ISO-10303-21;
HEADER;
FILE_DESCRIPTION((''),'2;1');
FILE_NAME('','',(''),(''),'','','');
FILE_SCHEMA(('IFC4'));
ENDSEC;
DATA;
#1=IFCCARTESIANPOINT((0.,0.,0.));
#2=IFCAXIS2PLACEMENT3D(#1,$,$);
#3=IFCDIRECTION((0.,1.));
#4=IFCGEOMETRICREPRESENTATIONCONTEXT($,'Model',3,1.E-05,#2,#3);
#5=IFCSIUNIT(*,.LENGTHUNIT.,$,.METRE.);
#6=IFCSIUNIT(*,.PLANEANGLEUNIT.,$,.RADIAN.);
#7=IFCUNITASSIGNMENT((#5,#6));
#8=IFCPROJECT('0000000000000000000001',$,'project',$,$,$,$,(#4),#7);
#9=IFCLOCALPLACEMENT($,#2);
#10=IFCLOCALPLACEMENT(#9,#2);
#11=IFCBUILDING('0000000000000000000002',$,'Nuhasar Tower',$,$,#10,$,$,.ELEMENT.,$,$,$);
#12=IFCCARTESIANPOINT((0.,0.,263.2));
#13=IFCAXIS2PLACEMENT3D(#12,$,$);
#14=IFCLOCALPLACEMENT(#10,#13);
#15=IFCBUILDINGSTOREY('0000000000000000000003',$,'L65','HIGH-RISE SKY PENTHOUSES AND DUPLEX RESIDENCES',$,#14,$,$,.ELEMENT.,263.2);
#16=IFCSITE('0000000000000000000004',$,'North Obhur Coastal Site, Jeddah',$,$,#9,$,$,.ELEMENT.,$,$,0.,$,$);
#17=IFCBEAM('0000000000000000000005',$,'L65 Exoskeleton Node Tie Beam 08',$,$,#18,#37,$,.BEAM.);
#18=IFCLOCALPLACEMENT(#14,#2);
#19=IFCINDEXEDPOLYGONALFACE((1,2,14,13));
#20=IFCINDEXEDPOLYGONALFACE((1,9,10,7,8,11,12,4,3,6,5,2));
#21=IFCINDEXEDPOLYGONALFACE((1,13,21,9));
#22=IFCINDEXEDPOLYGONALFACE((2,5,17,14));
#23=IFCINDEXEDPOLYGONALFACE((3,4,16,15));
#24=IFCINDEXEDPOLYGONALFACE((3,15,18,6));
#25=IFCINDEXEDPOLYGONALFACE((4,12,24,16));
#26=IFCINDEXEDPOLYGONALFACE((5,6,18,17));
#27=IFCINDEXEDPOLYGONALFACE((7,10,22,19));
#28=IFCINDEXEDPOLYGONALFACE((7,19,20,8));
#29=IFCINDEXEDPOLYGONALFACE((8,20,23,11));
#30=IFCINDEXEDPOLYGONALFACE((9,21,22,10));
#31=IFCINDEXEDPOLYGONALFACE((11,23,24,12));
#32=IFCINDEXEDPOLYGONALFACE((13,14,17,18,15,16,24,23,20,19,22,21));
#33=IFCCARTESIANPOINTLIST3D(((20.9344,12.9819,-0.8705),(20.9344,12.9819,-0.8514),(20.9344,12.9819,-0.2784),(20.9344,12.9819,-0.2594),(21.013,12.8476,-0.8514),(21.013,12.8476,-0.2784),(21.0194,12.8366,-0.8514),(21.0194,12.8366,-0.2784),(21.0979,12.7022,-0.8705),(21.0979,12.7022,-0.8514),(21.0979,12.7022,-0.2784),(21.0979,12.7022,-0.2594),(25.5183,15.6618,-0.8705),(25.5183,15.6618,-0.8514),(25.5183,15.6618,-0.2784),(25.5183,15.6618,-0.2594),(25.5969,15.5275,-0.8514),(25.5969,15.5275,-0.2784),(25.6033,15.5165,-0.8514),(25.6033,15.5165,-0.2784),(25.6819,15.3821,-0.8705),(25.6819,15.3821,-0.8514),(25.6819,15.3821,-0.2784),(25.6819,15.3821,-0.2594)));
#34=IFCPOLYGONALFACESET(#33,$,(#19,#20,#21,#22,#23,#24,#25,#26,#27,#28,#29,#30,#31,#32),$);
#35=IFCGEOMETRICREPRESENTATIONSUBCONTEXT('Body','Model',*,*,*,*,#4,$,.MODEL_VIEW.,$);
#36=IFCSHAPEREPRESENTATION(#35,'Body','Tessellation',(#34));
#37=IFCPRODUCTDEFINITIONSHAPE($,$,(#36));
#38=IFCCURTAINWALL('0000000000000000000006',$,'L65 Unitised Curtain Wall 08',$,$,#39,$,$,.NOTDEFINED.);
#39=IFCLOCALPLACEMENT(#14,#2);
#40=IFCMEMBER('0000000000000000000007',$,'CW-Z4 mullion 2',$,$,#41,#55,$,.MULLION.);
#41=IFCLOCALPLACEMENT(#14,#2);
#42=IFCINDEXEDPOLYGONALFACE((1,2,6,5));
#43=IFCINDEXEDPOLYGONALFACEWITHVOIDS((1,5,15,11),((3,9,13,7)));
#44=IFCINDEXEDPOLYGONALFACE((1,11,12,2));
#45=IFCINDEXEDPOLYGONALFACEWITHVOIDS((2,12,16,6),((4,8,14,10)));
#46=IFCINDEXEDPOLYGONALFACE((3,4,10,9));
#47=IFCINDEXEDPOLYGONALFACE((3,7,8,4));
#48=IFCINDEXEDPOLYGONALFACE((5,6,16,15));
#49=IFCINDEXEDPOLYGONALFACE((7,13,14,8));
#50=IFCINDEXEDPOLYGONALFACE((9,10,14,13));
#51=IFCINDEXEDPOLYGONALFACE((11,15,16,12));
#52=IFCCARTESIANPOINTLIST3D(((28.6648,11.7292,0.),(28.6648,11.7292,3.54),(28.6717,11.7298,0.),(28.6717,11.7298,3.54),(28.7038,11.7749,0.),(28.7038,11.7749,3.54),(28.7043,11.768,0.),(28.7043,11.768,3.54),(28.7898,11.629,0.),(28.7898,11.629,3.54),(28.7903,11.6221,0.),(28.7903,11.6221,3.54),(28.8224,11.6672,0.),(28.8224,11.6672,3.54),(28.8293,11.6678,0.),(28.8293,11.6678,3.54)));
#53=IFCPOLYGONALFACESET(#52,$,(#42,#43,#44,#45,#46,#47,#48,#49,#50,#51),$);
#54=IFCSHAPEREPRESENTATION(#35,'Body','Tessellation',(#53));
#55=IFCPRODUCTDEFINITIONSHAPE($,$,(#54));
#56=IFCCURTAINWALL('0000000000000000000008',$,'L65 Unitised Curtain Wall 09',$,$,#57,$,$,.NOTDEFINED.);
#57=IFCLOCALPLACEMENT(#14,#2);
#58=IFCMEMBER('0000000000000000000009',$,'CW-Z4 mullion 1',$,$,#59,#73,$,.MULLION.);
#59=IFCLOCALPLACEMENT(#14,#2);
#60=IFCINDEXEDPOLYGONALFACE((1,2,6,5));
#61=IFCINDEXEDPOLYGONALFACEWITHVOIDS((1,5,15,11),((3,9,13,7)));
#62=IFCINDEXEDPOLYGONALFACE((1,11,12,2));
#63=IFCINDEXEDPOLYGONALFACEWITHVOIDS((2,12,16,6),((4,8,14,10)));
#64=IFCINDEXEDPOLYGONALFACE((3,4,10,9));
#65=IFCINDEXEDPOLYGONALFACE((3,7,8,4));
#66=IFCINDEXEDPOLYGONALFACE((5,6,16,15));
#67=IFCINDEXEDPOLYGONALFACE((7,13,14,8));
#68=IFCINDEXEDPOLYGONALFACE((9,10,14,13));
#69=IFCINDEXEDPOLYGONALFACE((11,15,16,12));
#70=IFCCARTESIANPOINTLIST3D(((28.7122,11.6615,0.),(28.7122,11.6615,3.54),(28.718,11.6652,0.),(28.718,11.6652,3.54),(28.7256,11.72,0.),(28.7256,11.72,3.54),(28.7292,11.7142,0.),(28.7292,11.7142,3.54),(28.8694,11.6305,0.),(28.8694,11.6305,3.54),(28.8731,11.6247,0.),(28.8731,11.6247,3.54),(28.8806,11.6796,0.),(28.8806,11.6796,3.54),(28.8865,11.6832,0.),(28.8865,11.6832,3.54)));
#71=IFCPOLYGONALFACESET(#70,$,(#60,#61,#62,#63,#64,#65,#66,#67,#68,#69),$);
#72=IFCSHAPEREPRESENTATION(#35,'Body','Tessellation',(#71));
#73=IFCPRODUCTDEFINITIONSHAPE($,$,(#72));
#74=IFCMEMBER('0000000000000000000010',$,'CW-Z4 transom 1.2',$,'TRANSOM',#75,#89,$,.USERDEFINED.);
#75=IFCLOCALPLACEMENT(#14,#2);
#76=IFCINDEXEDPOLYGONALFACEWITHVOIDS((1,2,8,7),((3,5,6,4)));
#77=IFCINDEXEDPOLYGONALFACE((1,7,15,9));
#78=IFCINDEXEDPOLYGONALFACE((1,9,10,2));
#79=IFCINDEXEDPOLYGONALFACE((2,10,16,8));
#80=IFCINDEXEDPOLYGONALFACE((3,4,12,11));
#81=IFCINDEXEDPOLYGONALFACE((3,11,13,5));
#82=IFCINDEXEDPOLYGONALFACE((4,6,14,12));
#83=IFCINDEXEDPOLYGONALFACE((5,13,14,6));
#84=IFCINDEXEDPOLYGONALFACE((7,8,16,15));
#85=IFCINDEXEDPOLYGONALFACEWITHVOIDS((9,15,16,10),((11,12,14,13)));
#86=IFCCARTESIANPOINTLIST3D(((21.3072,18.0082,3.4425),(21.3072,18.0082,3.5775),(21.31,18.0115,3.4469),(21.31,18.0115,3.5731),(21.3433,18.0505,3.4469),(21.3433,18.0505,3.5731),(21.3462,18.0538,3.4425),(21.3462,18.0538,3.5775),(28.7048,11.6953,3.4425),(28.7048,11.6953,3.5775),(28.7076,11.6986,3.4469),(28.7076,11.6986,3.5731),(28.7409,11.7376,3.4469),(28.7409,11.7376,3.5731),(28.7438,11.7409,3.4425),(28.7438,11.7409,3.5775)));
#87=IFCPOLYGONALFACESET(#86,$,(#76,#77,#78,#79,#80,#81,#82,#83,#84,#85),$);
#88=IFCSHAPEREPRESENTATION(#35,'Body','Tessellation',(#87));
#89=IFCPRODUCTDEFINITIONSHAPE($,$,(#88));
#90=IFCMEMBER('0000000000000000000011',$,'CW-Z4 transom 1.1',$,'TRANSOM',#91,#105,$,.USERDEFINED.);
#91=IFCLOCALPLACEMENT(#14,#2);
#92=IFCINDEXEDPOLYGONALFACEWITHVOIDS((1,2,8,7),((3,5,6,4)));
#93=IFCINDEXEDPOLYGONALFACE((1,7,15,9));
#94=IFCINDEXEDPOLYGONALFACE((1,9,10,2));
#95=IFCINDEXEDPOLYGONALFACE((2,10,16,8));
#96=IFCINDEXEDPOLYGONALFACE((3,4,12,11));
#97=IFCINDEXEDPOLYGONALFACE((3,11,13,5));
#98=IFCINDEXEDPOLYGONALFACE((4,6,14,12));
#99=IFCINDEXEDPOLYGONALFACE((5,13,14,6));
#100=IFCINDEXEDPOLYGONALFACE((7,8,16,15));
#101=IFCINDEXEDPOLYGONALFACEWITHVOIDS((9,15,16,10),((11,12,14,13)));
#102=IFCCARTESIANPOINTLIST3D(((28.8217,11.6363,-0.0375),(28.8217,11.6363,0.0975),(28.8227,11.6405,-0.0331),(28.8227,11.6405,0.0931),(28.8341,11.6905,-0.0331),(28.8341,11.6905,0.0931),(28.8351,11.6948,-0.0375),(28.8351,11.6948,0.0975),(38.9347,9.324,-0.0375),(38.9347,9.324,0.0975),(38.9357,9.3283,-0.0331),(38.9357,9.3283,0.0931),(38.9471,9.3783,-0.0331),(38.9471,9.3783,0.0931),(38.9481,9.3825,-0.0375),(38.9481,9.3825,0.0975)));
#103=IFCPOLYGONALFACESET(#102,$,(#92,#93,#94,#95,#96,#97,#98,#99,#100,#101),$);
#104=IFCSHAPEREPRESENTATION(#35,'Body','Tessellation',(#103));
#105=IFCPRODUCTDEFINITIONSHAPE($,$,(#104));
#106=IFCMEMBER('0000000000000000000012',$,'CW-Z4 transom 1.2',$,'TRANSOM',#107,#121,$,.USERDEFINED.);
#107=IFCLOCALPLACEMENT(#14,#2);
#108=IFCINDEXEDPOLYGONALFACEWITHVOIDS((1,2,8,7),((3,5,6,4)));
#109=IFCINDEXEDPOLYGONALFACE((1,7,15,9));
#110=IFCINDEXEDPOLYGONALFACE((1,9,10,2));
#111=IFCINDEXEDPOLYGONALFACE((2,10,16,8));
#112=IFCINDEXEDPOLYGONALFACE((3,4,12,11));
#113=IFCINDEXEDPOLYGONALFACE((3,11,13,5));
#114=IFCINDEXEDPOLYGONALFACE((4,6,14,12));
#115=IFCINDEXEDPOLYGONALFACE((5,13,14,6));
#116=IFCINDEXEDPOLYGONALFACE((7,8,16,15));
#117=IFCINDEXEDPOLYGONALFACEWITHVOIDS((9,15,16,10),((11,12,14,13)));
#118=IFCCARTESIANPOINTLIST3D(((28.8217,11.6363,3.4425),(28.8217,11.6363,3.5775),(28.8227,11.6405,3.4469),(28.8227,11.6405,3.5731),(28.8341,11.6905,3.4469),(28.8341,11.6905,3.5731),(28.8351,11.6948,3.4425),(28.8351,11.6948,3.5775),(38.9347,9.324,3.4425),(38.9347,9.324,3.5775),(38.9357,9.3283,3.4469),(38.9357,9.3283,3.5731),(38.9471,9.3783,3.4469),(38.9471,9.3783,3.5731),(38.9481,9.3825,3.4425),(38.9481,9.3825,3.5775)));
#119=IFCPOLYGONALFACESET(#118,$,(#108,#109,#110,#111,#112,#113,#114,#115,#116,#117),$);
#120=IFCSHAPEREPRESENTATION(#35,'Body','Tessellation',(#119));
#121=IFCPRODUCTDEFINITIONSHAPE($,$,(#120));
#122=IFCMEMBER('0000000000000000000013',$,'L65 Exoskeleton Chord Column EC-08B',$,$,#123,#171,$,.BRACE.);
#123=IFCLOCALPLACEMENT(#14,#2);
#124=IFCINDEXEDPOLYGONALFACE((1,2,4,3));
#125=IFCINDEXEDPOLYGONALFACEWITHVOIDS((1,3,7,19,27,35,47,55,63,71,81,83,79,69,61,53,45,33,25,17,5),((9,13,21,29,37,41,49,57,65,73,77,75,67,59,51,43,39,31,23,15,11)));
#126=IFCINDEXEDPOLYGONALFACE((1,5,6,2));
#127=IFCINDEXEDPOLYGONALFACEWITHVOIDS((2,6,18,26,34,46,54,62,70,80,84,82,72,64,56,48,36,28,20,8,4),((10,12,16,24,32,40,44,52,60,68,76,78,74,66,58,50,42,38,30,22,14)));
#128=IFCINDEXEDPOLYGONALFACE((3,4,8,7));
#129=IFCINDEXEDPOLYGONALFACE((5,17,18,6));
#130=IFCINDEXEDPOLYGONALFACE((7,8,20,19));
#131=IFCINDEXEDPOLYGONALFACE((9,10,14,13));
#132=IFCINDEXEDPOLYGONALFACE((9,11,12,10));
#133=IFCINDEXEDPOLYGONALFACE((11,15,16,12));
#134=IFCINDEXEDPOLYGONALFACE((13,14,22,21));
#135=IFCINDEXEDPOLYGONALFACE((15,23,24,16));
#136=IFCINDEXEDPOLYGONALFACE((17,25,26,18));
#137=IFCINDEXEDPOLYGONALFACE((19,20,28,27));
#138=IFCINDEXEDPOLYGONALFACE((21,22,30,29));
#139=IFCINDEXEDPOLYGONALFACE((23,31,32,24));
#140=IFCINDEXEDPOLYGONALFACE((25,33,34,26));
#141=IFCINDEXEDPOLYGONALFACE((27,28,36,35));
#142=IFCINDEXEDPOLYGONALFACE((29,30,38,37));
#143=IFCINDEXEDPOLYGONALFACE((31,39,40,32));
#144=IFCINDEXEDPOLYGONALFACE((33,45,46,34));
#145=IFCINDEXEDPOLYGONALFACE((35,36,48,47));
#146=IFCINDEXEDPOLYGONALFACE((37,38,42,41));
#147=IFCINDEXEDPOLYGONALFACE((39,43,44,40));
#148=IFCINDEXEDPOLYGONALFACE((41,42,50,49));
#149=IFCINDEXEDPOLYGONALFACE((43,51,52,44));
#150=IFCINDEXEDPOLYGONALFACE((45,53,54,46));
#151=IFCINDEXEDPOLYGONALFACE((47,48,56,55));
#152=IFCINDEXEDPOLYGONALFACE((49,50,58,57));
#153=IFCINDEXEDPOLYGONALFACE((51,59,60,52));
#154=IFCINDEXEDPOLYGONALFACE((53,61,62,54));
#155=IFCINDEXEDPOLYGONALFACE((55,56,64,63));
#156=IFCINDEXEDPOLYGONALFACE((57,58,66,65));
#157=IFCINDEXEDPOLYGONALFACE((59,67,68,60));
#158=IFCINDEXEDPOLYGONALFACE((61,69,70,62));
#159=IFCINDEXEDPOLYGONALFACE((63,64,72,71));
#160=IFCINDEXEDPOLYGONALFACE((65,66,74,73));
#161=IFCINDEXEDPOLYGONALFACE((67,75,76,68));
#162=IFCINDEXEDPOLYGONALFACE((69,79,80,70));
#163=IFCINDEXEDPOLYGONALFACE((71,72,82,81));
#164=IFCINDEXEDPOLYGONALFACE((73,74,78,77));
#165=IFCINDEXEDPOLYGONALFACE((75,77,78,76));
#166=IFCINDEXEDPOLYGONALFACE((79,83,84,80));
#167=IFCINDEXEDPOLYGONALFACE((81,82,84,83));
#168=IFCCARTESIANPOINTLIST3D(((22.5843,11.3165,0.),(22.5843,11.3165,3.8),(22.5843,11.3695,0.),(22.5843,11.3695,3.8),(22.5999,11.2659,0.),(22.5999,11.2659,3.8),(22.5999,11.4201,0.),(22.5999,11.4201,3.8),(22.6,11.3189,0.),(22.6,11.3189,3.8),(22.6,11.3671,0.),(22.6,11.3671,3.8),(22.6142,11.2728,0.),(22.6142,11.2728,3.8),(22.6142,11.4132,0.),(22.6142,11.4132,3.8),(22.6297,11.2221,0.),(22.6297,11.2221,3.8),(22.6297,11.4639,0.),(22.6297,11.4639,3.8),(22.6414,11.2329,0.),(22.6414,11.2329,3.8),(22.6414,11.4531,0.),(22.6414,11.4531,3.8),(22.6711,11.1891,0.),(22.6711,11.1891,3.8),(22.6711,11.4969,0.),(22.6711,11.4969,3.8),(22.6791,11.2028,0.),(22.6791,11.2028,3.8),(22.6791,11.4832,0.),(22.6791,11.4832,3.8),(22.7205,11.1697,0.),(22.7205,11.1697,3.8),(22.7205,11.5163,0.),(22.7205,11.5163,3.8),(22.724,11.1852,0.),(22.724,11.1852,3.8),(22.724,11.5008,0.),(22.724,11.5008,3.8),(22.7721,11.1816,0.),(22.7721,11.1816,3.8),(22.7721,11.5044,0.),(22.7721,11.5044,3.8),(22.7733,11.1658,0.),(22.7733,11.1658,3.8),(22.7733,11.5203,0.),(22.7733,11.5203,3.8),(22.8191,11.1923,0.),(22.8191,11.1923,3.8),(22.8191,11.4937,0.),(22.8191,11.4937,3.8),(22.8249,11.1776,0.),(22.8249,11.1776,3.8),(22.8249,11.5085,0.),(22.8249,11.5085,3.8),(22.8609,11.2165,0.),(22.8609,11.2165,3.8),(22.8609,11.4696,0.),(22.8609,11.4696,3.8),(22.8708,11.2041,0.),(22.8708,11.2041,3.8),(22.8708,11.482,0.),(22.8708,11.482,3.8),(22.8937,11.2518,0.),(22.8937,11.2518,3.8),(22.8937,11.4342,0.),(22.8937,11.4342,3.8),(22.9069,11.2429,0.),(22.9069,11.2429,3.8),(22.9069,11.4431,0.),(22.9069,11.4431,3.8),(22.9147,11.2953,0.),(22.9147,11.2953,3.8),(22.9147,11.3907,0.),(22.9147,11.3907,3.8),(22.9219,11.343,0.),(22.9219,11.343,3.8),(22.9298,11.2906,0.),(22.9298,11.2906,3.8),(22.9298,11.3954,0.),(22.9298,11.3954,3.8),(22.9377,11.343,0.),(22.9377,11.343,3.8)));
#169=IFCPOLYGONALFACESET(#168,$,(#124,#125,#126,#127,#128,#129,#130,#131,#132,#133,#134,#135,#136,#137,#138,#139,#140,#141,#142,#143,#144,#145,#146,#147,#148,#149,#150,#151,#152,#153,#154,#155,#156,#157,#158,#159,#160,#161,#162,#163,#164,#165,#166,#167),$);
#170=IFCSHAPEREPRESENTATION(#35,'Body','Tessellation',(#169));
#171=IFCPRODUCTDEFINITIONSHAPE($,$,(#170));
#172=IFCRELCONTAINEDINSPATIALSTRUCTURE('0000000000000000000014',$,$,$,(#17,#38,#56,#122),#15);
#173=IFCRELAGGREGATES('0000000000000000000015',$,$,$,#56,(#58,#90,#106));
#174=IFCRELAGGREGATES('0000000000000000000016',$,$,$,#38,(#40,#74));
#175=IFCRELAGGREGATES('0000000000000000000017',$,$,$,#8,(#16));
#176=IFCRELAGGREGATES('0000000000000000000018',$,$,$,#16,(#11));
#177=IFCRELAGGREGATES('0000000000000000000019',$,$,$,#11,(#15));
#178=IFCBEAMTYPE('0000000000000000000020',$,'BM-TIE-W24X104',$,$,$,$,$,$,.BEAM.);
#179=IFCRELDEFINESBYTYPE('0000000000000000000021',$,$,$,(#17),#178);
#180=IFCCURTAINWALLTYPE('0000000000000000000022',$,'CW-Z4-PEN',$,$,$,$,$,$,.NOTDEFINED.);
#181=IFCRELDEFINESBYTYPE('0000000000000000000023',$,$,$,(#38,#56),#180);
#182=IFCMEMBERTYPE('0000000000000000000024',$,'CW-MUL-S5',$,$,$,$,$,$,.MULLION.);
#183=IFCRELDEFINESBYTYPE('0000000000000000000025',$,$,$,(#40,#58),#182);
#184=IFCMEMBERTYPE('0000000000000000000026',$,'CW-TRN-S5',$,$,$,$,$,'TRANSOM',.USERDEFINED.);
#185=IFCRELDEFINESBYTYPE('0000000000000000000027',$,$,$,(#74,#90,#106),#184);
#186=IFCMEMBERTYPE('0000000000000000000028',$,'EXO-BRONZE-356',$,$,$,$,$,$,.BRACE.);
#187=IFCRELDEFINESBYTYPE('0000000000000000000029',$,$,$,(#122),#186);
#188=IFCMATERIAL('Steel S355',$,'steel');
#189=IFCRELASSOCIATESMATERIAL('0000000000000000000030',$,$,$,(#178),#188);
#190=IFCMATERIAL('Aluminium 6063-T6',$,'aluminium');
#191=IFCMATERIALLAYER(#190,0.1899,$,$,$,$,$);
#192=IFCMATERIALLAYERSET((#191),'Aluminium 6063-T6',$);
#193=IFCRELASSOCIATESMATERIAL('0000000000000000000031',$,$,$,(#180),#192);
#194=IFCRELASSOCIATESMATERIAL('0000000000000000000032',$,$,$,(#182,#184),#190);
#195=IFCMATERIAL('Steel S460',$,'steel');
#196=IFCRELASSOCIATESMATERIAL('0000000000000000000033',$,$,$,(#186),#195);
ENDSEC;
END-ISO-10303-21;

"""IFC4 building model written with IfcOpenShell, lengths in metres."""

from ifc_helpers import new_model, si_unit, direction, frame, origin, origin_2d, place, context, subcontext, project, spatial, hollow_rectangle, hollow_circle, i_section, extrude, material, layer, layer_set, material_profile, profile_set, type_object, element, aggregate, save


model = new_model("IFC4")

# Units and contexts
model_context = context("Model", 3, precision=1e-05, world=origin(), true_north=direction((0.0, 1.0)))
body_context = subcontext(model_context, "Body", "Model", "MODEL_VIEW")
ifc_project = project(units=[si_unit("LENGTHUNIT", "METRE"), si_unit("PLANEANGLEUNIT", "RADIAN")], contexts=[model_context])

# Site, building, storey
site_placement = place(None, origin())
site = spatial("IfcSite", under=ifc_project, at=site_placement, Name="North Obhur Coastal Site, Jeddah", CompositionType="ELEMENT", RefElevation=0.0)
building_placement = place(site_placement, origin())
building = spatial("IfcBuilding", under=site, at=building_placement, Name="Nuhasar Tower", CompositionType="ELEMENT")
storey_placement = place(building_placement, frame((0.0, 0.0, 263.2)))
storey = spatial("IfcBuildingStorey", under=building, at=storey_placement, Name="L65", Description="HIGH-RISE SKY PENTHOUSES AND DUPLEX RESIDENCES", CompositionType="ELEMENT", Elevation=263.2)

# Beam
ifc_material_1 = material(Name="Steel S355", Category="steel")
ifc_material_profile_1 = material_profile(ifc_material_1, i_section(OverallWidth=0.324, OverallDepth=0.6111, WebThickness=0.0127, FlangeThickness=0.019, at=origin_2d()), Name="W24X104")
ifc_profile_set_1 = profile_set([ifc_material_profile_1], Name="Steel S355")
beam_type_1 = type_object("IfcBeamType", Name="BM-TIE-W24X104", PredefinedType="BEAM", material=ifc_profile_set_1)
beam_1_placement = place(storey_placement, frame((25.6001, 15.522, -0.5649), z_axis=(-0.863292, -0.504706, 0.0), x_axis=(0.504706, -0.863292, 0.0)))
element("IfcBeam", 1, at=beam_1_placement, inside=storey, type_object=beam_type_1, Name="L65 Exoskeleton Node Tie Beam 08", PredefinedType="BEAM", context=body_context, shape_type="SweptSolid", body=[
    extrude(i_section(OverallWidth=0.324, OverallDepth=0.6111, WebThickness=0.0127, FlangeThickness=0.019, at=origin_2d()), origin(), (0.0, 0.0, 1.0), 5.3098),
])

# Curtain walls, members
ifc_material_2 = material(Name="Aluminium 6063-T6", Category="aluminium")
ifc_layer_1 = layer(ifc_material_2, 0.1899)
ifc_layer_set_1 = layer_set([ifc_layer_1], Name="Aluminium 6063-T6")
curtain_wall_type = type_object("IfcCurtainWallType", Name="CW-Z4-PEN", PredefinedType="NOTDEFINED", material=ifc_layer_set_1)
curtain_wall_1_placement = place(storey_placement, origin())
curtain_wall_1 = element("IfcCurtainWall", 2, at=curtain_wall_1_placement, inside=storey, type_object=curtain_wall_type, Name="L65 Unitised Curtain Wall 08", PredefinedType="NOTDEFINED")
ifc_material_profile_2 = material_profile(ifc_material_2, hollow_rectangle(XDim=0.0601, YDim=0.165, WallThickness=0.0049, at=origin_2d()), Name="CWM-5")
ifc_profile_set_2 = profile_set([ifc_material_profile_2], Name="Aluminium 6063-T6")
member_type_1 = type_object("IfcMemberType", Name="CW-MUL-S5", PredefinedType="MULLION", material=ifc_profile_set_2)
member_1_placement = place(storey_placement, frame((28.7471, 11.6985, 0.0), z_axis=(0.0, 0.0, 1.0), x_axis=(0.649142, 0.760667, 0.0)))
member_1 = element("IfcMember", 3, at=member_1_placement, type_object=member_type_1, Name="CW-Z4 mullion 2", PredefinedType="MULLION", context=body_context, shape_type="SweptSolid", body=[
    extrude(hollow_rectangle(XDim=0.0601, YDim=0.165, WallThickness=0.0049, at=origin_2d()), origin(), (0.0, 0.0, 1.0), 3.54),
])
curtain_wall_2_placement = place(storey_placement, origin())
curtain_wall_2 = element("IfcCurtainWall", 4, at=curtain_wall_2_placement, inside=storey, type_object=curtain_wall_type, Name="L65 Unitised Curtain Wall 09", PredefinedType="NOTDEFINED")
member_2_placement = place(storey_placement, frame((28.7993, 11.6724, 0.0), z_axis=(0.0, 0.0, 1.0), x_axis=(0.222889, 0.974844, 0.0)))
member_2 = element("IfcMember", 5, at=member_2_placement, type_object=member_type_1, Name="CW-Z4 mullion 1", PredefinedType="MULLION", context=body_context, shape_type="SweptSolid", body=[
    extrude(hollow_rectangle(XDim=0.0601, YDim=0.165, WallThickness=0.0049, at=origin_2d()), origin(), (0.0, 0.0, 1.0), 3.54),
])

# Members
ifc_material_profile_3 = material_profile(ifc_material_2, hollow_rectangle(XDim=0.0601, YDim=0.135, WallThickness=0.0044, at=origin_2d()), Name="CWT-5")
ifc_profile_set_3 = profile_set([ifc_material_profile_3], Name="Aluminium 6063-T6")
member_type_2 = type_object("IfcMemberType", Name="CW-TRN-S5", ElementType="TRANSOM", PredefinedType="USERDEFINED", material=ifc_profile_set_3)
member_3_placement = place(storey_placement, frame((21.3267, 18.031, 3.51), z_axis=(0.760672, -0.649136, 0.0), x_axis=(0.649136, 0.760672, 0.0)))
member_3 = element("IfcMember", 6, at=member_3_placement, type_object=member_type_2, Name="CW-Z4 transom 1.2", ObjectType="TRANSOM", PredefinedType="USERDEFINED", context=body_context, shape_type="SweptSolid", body=[
    extrude(hollow_rectangle(XDim=0.0601, YDim=0.135, WallThickness=0.0044, at=origin_2d()), origin(), (0.0, 0.0, 1.0), 9.7251),
])
member_4_placement = place(storey_placement, frame((28.8284, 11.6655, 0.03), z_axis=(0.974844, -0.222889, 0.0), x_axis=(0.222889, 0.974844, 0.0)))
member_4 = element("IfcMember", 7, at=member_4_placement, type_object=member_type_2, Name="CW-Z4 transom 1.1", ObjectType="TRANSOM", PredefinedType="USERDEFINED", context=body_context, shape_type="SweptSolid", body=[
    extrude(hollow_rectangle(XDim=0.0601, YDim=0.135, WallThickness=0.0044, at=origin_2d()), origin(), (0.0, 0.0, 1.0), 10.374),
])
member_5_placement = place(storey_placement, frame((28.8284, 11.6655, 3.51), z_axis=(0.974844, -0.222889, 0.0), x_axis=(0.222889, 0.974844, 0.0)))
member_5 = element("IfcMember", 8, at=member_5_placement, type_object=member_type_2, Name="CW-Z4 transom 1.2", ObjectType="TRANSOM", PredefinedType="USERDEFINED", context=body_context, shape_type="SweptSolid", body=[
    extrude(hollow_rectangle(XDim=0.0601, YDim=0.135, WallThickness=0.0044, at=origin_2d()), origin(), (0.0, 0.0, 1.0), 10.374),
])
aggregate(curtain_wall_2, [member_2, member_4, member_5])

# Member
ifc_material_3 = material(Name="Steel S460", Category="steel")
ifc_material_profile_4 = material_profile(ifc_material_3, hollow_circle(Radius=0.1777, WallThickness=0.0159, at=origin_2d()), Name="HSS355.6X15.9")
ifc_profile_set_4 = profile_set([ifc_material_profile_4], Name="Steel S460")
member_type_3 = type_object("IfcMemberType", Name="EXO-BRONZE-356", PredefinedType="BRACE", material=ifc_profile_set_4)
member_6_placement = place(storey_placement, frame((22.76, 11.343, 0.0), z_axis=(0.0, 0.0, 1.0), x_axis=(1.0, 0.0, 0.0)))
element("IfcMember", 9, at=member_6_placement, inside=storey, type_object=member_type_3, Name="L65 Exoskeleton Chord Column EC-08B", PredefinedType="BRACE", context=body_context, shape_type="SweptSolid", body=[
    extrude(hollow_circle(Radius=0.1777, WallThickness=0.0159, at=origin_2d()), origin(), (0.0, 0.0, 1.0), 3.8),
])

aggregate(curtain_wall_1, [member_1, member_3])

save(model, "model.ifc")
